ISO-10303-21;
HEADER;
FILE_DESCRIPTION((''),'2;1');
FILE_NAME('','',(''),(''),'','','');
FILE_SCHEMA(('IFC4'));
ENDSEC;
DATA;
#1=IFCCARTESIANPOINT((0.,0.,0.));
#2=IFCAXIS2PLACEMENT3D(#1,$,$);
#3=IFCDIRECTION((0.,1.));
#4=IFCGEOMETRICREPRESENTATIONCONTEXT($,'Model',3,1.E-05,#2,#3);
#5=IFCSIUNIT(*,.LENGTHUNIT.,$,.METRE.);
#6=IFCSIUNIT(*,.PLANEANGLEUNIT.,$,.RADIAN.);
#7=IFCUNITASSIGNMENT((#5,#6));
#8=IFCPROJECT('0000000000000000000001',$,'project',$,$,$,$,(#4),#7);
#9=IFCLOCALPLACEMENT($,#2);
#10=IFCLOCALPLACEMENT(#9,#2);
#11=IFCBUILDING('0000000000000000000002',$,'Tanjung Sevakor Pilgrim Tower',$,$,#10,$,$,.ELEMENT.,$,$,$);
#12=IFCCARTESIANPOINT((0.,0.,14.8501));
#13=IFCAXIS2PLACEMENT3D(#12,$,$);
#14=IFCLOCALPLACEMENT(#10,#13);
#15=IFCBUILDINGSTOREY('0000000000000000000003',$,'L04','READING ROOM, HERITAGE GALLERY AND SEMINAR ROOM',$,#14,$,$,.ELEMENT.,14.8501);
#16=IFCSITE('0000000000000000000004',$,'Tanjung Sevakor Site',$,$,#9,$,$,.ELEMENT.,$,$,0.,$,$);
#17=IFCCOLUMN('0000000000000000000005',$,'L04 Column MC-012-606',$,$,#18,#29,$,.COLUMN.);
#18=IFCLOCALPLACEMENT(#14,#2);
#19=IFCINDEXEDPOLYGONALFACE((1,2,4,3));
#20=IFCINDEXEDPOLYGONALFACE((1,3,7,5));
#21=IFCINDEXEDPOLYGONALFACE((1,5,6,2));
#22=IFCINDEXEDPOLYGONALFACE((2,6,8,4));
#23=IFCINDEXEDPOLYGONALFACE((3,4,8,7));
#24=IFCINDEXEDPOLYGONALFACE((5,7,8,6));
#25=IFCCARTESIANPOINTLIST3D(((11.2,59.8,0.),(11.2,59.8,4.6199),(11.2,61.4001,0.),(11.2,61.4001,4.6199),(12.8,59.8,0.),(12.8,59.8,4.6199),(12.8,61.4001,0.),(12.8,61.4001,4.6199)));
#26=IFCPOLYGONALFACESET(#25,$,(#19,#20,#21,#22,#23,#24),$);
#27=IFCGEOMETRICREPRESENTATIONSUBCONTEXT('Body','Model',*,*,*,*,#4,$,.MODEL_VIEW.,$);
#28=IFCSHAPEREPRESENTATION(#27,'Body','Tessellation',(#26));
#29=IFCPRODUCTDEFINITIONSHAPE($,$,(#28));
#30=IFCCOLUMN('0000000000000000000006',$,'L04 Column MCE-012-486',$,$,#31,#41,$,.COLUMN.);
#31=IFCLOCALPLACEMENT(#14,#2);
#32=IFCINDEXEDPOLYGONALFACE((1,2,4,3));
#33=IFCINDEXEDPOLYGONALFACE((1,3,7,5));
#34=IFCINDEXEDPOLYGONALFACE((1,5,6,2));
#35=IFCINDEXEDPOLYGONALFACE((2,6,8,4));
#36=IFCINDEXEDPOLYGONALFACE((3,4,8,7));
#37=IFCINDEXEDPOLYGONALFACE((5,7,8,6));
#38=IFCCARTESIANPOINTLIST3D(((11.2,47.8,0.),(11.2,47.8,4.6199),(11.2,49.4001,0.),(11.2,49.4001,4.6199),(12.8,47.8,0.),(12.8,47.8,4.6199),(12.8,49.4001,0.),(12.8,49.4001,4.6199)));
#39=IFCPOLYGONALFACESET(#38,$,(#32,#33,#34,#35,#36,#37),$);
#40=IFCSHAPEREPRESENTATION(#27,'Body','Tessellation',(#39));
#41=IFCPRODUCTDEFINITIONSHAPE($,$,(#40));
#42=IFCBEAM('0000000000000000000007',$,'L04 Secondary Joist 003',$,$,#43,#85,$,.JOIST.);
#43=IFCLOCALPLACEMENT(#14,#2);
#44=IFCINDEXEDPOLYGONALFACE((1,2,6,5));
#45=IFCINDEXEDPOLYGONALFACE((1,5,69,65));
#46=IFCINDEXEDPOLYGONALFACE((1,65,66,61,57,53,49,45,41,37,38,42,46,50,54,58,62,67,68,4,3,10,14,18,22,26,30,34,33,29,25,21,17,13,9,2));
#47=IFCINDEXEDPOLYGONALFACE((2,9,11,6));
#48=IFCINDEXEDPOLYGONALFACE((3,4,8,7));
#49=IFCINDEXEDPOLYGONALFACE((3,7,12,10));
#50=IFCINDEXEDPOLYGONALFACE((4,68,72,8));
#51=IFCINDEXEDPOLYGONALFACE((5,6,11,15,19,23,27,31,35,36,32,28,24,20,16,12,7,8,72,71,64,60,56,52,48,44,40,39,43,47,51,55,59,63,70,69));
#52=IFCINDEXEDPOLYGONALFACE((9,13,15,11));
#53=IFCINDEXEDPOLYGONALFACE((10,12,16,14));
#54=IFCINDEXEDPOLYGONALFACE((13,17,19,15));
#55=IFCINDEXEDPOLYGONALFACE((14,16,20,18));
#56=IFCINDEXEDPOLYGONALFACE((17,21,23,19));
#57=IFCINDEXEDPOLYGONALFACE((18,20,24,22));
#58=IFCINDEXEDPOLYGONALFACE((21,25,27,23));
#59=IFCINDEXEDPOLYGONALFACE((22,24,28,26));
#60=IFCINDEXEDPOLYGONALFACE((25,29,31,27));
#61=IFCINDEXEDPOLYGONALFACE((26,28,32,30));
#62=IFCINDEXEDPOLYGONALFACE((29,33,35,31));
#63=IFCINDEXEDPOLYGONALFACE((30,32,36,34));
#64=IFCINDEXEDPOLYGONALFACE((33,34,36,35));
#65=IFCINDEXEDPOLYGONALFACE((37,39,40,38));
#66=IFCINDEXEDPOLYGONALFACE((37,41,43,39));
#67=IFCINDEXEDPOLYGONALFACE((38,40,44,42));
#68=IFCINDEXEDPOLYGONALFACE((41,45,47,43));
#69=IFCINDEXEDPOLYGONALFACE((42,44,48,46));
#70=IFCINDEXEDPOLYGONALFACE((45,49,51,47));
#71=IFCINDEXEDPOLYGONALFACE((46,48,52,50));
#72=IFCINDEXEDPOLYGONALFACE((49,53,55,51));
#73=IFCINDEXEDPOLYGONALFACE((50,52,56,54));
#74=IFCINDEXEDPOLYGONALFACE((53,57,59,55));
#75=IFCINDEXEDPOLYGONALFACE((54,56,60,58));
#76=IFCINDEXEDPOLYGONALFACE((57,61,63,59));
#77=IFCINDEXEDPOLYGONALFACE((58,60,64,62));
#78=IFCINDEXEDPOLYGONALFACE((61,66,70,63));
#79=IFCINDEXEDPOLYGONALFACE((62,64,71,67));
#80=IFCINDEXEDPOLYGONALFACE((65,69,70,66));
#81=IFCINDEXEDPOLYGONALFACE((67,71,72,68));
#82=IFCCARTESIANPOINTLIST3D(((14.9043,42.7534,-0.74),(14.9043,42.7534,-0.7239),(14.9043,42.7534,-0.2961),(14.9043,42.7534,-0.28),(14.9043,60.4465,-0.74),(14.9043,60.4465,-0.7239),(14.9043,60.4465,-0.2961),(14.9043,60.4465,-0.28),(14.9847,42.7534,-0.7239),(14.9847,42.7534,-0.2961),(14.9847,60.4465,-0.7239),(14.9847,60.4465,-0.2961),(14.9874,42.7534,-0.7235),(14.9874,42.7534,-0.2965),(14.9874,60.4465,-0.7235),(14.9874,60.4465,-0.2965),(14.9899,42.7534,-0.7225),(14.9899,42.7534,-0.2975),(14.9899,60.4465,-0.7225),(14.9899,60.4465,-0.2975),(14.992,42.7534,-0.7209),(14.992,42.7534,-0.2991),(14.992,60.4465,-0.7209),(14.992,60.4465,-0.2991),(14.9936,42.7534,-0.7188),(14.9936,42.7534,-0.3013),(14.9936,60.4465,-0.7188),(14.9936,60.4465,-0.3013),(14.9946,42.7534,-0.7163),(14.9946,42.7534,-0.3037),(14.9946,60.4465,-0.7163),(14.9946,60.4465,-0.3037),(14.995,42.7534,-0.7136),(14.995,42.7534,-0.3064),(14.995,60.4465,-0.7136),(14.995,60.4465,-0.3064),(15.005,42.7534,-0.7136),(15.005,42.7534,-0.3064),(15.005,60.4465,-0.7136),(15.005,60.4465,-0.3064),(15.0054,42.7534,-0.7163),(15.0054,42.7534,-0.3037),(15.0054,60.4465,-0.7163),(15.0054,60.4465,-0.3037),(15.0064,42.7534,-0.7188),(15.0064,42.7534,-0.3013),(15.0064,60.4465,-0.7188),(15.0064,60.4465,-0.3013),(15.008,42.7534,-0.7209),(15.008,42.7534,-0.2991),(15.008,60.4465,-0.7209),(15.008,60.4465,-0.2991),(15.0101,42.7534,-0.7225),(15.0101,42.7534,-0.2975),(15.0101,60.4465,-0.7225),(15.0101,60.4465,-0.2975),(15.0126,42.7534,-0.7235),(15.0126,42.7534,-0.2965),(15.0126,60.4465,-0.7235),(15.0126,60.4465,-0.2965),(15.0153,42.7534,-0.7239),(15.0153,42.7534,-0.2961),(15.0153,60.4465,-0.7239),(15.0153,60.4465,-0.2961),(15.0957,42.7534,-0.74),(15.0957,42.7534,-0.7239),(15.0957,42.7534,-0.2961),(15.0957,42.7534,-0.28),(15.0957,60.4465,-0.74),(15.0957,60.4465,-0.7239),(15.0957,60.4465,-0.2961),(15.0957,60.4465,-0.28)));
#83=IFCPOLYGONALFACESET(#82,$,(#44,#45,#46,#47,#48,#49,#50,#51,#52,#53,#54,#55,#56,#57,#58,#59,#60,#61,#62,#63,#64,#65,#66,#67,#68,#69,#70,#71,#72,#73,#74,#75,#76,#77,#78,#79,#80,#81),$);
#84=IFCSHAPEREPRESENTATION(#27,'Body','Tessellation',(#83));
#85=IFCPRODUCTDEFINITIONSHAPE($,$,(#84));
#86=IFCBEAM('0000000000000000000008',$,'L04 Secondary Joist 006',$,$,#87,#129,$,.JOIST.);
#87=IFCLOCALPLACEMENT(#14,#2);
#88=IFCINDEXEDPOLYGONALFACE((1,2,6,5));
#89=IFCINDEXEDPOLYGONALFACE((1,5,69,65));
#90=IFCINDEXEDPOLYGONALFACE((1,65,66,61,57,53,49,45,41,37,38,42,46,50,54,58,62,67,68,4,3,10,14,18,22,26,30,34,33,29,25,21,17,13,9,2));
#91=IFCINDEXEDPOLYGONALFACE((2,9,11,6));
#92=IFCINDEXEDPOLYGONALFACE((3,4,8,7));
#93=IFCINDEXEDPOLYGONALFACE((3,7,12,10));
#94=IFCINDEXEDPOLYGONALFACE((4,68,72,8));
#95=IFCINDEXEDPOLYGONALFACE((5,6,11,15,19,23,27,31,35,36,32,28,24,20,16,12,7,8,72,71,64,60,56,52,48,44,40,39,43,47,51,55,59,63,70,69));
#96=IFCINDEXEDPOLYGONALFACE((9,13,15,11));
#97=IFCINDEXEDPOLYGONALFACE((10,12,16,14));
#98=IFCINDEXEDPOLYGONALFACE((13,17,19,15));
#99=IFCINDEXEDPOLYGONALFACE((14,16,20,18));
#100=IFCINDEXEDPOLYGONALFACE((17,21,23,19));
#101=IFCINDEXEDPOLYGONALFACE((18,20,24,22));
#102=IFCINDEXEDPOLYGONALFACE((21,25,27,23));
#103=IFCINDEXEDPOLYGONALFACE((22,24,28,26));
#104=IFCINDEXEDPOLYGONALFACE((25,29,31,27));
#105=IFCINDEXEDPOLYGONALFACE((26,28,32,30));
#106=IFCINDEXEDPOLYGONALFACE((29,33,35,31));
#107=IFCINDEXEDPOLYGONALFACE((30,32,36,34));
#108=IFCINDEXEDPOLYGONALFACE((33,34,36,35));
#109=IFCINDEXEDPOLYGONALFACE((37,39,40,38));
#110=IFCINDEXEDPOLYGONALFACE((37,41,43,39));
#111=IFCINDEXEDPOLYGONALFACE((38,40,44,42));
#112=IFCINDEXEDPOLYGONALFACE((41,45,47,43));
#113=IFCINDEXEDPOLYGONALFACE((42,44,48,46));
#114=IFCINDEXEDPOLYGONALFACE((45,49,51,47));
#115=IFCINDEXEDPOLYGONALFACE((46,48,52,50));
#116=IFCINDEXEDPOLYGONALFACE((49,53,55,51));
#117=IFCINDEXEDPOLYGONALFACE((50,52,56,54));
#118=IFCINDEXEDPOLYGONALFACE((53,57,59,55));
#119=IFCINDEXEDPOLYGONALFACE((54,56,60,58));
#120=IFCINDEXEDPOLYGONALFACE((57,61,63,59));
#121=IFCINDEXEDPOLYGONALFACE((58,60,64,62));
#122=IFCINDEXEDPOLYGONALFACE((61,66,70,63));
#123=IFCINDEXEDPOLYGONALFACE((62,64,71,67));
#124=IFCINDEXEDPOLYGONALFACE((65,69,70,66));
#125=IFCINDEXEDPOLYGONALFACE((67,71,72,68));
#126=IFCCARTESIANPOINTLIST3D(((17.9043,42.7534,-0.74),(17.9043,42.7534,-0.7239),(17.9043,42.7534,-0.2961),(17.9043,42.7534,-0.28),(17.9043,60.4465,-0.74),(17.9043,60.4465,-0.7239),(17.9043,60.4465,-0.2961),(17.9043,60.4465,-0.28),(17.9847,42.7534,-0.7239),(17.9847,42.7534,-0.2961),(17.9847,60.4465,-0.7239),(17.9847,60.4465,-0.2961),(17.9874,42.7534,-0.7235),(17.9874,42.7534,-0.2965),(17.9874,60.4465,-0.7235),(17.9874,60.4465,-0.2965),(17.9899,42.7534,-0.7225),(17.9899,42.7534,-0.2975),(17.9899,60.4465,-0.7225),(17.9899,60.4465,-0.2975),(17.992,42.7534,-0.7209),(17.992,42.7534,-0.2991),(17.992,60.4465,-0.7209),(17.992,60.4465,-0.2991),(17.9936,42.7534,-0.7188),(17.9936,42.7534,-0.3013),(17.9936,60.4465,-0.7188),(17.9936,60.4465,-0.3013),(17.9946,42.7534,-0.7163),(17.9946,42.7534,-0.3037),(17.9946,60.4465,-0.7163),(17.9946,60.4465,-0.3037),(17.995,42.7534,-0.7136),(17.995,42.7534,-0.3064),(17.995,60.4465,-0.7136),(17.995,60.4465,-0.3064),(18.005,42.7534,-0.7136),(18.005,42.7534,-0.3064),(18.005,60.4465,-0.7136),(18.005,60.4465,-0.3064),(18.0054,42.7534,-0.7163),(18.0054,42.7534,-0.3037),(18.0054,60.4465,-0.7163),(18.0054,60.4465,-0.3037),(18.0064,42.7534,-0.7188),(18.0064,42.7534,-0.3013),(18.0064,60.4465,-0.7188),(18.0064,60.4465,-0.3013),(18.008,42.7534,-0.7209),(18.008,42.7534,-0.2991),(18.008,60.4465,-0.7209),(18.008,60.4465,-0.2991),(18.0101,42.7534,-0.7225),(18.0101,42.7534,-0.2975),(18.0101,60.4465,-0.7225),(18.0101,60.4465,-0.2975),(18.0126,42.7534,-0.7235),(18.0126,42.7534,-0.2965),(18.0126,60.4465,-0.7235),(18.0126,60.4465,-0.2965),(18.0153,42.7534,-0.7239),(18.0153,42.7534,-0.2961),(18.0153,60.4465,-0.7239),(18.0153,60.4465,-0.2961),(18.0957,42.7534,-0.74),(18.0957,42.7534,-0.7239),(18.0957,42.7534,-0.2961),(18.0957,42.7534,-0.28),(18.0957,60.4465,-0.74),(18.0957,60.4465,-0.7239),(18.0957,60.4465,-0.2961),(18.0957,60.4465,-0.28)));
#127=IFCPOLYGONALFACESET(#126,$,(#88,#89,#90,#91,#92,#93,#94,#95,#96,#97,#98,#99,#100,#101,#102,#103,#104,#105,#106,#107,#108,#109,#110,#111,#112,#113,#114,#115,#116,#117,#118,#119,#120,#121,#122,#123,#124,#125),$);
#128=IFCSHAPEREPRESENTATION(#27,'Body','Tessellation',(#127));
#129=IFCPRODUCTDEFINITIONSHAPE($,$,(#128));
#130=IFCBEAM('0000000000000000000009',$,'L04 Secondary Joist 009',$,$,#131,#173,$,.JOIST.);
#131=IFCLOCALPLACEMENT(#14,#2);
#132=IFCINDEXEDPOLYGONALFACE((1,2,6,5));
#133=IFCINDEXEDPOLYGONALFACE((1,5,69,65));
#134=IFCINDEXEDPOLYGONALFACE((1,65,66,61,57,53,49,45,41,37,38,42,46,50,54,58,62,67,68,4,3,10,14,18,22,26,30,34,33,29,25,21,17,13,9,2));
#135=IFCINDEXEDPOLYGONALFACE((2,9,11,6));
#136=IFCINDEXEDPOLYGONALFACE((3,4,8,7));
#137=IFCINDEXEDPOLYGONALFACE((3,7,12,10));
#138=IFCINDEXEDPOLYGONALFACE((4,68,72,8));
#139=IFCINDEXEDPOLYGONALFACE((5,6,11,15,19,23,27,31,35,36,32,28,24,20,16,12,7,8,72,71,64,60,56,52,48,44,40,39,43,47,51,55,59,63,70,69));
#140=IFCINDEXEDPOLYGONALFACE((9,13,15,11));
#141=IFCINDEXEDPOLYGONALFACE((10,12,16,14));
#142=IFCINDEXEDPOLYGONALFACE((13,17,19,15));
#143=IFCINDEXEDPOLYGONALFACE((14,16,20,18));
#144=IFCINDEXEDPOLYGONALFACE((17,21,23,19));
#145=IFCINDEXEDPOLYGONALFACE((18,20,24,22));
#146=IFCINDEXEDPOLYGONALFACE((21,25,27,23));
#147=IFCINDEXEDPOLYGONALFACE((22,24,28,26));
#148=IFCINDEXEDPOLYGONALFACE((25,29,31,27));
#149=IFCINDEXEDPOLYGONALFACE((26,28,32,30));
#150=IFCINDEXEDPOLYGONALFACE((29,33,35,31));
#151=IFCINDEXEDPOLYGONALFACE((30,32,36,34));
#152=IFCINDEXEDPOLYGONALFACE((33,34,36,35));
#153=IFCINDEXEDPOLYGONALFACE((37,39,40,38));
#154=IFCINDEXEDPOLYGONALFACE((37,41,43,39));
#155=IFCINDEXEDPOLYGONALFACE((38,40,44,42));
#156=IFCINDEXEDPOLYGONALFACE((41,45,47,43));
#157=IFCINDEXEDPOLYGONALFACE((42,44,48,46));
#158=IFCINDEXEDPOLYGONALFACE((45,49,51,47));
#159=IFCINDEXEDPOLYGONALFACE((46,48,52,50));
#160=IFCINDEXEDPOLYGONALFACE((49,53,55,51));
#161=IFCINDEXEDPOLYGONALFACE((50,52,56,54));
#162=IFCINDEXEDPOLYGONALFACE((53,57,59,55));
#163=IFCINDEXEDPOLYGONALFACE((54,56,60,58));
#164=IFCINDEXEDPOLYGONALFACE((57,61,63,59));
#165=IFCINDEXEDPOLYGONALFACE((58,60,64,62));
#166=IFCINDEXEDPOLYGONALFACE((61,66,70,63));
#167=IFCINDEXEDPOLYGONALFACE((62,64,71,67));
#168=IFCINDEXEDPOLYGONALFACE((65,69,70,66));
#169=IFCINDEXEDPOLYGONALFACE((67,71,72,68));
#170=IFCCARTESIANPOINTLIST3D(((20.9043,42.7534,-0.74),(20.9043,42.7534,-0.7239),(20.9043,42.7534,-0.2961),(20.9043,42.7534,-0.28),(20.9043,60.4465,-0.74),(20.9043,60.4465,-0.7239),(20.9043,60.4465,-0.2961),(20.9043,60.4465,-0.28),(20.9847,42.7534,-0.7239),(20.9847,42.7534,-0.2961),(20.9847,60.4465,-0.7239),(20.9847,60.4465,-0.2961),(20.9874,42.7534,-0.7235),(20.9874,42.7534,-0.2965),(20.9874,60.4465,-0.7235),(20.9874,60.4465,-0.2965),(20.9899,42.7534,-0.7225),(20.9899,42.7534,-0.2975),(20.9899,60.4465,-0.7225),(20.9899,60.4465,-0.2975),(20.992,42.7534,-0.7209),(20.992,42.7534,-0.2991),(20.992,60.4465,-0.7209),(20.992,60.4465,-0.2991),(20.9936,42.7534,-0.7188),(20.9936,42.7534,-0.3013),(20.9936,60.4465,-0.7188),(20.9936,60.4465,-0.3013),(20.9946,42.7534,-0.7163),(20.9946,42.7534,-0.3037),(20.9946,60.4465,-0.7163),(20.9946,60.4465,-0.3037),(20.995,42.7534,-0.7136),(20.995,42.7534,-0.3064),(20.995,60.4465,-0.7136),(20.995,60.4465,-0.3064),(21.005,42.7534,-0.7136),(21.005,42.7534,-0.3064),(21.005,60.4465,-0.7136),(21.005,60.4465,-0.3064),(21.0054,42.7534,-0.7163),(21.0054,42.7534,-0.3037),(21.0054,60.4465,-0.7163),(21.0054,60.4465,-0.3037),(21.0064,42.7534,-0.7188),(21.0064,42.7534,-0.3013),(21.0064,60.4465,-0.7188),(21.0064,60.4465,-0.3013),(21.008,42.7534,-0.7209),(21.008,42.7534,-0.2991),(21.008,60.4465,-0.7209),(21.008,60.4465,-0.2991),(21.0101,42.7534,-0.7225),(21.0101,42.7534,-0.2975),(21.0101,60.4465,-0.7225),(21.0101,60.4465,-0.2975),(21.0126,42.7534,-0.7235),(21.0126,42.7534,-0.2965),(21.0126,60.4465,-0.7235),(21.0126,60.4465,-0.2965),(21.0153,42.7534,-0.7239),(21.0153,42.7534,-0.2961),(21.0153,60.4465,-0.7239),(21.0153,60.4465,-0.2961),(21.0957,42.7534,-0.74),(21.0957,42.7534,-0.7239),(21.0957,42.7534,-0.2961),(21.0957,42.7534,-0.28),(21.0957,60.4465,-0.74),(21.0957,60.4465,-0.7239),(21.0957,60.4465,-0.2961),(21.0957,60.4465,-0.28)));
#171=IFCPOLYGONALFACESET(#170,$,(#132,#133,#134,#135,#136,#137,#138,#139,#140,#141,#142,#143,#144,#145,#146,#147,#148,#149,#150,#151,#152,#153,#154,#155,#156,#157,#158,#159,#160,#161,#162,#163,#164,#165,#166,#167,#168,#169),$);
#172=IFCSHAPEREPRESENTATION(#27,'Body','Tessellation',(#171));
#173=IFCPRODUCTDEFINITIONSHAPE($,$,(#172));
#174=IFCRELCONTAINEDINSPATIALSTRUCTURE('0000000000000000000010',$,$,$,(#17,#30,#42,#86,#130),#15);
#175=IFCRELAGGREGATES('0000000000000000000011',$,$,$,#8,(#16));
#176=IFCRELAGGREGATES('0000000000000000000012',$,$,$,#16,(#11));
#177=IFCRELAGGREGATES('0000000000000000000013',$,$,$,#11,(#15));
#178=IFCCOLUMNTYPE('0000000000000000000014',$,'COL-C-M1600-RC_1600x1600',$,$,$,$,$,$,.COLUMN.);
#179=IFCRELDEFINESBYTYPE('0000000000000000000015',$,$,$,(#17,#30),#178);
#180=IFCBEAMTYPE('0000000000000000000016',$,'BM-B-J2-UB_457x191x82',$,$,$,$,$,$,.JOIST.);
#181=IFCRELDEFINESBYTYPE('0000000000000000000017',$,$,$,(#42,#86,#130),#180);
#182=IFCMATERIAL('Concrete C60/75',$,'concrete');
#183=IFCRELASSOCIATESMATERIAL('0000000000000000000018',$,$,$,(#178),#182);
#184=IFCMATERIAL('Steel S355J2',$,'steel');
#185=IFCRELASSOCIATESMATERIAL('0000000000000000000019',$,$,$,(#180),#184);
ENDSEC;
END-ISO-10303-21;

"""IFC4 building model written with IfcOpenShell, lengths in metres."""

from ifc_helpers import new_model, si_unit, direction, frame, origin, origin_2d, place, context, subcontext, project, spatial, rectangle, i_section, extrude, material, material_profile, profile_set, type_object, element, save


model = new_model("IFC4")

# Units and contexts
model_context = context("Model", 3, precision=1e-05, world=origin(), true_north=direction((0.0, 1.0)))
body_context = subcontext(model_context, "Body", "Model", "MODEL_VIEW")
ifc_project = project(units=[si_unit("LENGTHUNIT", "METRE"), si_unit("PLANEANGLEUNIT", "RADIAN")], contexts=[model_context])

# Site, building, storey
site_placement = place(None, origin())
site = spatial("IfcSite", under=ifc_project, at=site_placement, Name="Tanjung Sevakor Site", CompositionType="ELEMENT", RefElevation=0.0)
building_placement = place(site_placement, origin())
building = spatial("IfcBuilding", under=site, at=building_placement, Name="Tanjung Sevakor Pilgrim Tower", CompositionType="ELEMENT")
storey_placement = place(building_placement, frame((0.0, 0.0, 14.8501)))
storey = spatial("IfcBuildingStorey", under=building, at=storey_placement, Name="L04", Description="READING ROOM, HERITAGE GALLERY AND SEMINAR ROOM", CompositionType="ELEMENT", Elevation=14.8501)

# Columns
ifc_material_1 = material(Name="Concrete C60/75", Category="concrete")
ifc_material_profile_1 = material_profile(ifc_material_1, rectangle(XDim=1.6001, YDim=1.6001, at=origin_2d()))
ifc_profile_set_1 = profile_set([ifc_material_profile_1], Name="Concrete C60/75")
column_type = type_object("IfcColumnType", Name="COL-C-M1600-RC_1600x1600", PredefinedType="COLUMN", material=ifc_profile_set_1)
for number, where, z_axis, x_axis, name in (
    (1, (12.0, 60.6001, 0.0), (0.0, 0.0, 1.0), (1.0, 0.0, 0.0), "L04 Column MC-012-606"),
    (2, (12.0, 48.6001, 0.0), (0.0, 0.0, 1.0), (1.0, 0.0, 0.0), "L04 Column MCE-012-486"),
):
    element("IfcColumn", number, at=place(storey_placement, frame(where, z_axis=z_axis, x_axis=x_axis)), inside=storey, type_object=column_type, Name=name, PredefinedType="COLUMN", context=body_context, shape_type="SweptSolid", body=[
        extrude(rectangle(XDim=1.6001, YDim=1.6001, at=origin_2d()), origin(), (0.0, 0.0, 1.0), 4.6199),
    ])

# Beams
ifc_material_2 = material(Name="Steel S355J2", Category="steel")
ifc_material_profile_2 = material_profile(ifc_material_2, i_section(OverallWidth=0.1914, OverallDepth=0.46, WebThickness=0.01, FlangeThickness=0.0161, FilletRadius=0.0103, at=origin_2d()))
ifc_profile_set_2 = profile_set([ifc_material_profile_2], Name="Steel S355J2")
beam_type_1 = type_object("IfcBeamType", Name="BM-B-J2-UB_457x191x82", PredefinedType="JOIST", material=ifc_profile_set_2)
for number, where, z_axis, x_axis, name in (
    (3, (15.0, 42.7534, -0.51), (0.0, 1.0, 0.0), (-1.0, 0.0, 0.0), "L04 Secondary Joist 003"),
    (4, (18.0, 42.7534, -0.51), (0.0, 1.0, 0.0), (-1.0, 0.0, 0.0), "L04 Secondary Joist 006"),
    (5, (21.0, 42.7534, -0.51), (0.0, 1.0, 0.0), (-1.0, 0.0, 0.0), "L04 Secondary Joist 009"),
):
    element("IfcBeam", number, at=place(storey_placement, frame(where, z_axis=z_axis, x_axis=x_axis)), inside=storey, type_object=beam_type_1, Name=name, PredefinedType="JOIST", context=body_context, shape_type="SweptSolid", body=[
        extrude(i_section(OverallWidth=0.1914, OverallDepth=0.46, WebThickness=0.01, FlangeThickness=0.0161, FilletRadius=0.0103, at=origin_2d()), origin(), (0.0, 0.0, 1.0), 17.6931),
    ])

save(model, "model.ifc")
